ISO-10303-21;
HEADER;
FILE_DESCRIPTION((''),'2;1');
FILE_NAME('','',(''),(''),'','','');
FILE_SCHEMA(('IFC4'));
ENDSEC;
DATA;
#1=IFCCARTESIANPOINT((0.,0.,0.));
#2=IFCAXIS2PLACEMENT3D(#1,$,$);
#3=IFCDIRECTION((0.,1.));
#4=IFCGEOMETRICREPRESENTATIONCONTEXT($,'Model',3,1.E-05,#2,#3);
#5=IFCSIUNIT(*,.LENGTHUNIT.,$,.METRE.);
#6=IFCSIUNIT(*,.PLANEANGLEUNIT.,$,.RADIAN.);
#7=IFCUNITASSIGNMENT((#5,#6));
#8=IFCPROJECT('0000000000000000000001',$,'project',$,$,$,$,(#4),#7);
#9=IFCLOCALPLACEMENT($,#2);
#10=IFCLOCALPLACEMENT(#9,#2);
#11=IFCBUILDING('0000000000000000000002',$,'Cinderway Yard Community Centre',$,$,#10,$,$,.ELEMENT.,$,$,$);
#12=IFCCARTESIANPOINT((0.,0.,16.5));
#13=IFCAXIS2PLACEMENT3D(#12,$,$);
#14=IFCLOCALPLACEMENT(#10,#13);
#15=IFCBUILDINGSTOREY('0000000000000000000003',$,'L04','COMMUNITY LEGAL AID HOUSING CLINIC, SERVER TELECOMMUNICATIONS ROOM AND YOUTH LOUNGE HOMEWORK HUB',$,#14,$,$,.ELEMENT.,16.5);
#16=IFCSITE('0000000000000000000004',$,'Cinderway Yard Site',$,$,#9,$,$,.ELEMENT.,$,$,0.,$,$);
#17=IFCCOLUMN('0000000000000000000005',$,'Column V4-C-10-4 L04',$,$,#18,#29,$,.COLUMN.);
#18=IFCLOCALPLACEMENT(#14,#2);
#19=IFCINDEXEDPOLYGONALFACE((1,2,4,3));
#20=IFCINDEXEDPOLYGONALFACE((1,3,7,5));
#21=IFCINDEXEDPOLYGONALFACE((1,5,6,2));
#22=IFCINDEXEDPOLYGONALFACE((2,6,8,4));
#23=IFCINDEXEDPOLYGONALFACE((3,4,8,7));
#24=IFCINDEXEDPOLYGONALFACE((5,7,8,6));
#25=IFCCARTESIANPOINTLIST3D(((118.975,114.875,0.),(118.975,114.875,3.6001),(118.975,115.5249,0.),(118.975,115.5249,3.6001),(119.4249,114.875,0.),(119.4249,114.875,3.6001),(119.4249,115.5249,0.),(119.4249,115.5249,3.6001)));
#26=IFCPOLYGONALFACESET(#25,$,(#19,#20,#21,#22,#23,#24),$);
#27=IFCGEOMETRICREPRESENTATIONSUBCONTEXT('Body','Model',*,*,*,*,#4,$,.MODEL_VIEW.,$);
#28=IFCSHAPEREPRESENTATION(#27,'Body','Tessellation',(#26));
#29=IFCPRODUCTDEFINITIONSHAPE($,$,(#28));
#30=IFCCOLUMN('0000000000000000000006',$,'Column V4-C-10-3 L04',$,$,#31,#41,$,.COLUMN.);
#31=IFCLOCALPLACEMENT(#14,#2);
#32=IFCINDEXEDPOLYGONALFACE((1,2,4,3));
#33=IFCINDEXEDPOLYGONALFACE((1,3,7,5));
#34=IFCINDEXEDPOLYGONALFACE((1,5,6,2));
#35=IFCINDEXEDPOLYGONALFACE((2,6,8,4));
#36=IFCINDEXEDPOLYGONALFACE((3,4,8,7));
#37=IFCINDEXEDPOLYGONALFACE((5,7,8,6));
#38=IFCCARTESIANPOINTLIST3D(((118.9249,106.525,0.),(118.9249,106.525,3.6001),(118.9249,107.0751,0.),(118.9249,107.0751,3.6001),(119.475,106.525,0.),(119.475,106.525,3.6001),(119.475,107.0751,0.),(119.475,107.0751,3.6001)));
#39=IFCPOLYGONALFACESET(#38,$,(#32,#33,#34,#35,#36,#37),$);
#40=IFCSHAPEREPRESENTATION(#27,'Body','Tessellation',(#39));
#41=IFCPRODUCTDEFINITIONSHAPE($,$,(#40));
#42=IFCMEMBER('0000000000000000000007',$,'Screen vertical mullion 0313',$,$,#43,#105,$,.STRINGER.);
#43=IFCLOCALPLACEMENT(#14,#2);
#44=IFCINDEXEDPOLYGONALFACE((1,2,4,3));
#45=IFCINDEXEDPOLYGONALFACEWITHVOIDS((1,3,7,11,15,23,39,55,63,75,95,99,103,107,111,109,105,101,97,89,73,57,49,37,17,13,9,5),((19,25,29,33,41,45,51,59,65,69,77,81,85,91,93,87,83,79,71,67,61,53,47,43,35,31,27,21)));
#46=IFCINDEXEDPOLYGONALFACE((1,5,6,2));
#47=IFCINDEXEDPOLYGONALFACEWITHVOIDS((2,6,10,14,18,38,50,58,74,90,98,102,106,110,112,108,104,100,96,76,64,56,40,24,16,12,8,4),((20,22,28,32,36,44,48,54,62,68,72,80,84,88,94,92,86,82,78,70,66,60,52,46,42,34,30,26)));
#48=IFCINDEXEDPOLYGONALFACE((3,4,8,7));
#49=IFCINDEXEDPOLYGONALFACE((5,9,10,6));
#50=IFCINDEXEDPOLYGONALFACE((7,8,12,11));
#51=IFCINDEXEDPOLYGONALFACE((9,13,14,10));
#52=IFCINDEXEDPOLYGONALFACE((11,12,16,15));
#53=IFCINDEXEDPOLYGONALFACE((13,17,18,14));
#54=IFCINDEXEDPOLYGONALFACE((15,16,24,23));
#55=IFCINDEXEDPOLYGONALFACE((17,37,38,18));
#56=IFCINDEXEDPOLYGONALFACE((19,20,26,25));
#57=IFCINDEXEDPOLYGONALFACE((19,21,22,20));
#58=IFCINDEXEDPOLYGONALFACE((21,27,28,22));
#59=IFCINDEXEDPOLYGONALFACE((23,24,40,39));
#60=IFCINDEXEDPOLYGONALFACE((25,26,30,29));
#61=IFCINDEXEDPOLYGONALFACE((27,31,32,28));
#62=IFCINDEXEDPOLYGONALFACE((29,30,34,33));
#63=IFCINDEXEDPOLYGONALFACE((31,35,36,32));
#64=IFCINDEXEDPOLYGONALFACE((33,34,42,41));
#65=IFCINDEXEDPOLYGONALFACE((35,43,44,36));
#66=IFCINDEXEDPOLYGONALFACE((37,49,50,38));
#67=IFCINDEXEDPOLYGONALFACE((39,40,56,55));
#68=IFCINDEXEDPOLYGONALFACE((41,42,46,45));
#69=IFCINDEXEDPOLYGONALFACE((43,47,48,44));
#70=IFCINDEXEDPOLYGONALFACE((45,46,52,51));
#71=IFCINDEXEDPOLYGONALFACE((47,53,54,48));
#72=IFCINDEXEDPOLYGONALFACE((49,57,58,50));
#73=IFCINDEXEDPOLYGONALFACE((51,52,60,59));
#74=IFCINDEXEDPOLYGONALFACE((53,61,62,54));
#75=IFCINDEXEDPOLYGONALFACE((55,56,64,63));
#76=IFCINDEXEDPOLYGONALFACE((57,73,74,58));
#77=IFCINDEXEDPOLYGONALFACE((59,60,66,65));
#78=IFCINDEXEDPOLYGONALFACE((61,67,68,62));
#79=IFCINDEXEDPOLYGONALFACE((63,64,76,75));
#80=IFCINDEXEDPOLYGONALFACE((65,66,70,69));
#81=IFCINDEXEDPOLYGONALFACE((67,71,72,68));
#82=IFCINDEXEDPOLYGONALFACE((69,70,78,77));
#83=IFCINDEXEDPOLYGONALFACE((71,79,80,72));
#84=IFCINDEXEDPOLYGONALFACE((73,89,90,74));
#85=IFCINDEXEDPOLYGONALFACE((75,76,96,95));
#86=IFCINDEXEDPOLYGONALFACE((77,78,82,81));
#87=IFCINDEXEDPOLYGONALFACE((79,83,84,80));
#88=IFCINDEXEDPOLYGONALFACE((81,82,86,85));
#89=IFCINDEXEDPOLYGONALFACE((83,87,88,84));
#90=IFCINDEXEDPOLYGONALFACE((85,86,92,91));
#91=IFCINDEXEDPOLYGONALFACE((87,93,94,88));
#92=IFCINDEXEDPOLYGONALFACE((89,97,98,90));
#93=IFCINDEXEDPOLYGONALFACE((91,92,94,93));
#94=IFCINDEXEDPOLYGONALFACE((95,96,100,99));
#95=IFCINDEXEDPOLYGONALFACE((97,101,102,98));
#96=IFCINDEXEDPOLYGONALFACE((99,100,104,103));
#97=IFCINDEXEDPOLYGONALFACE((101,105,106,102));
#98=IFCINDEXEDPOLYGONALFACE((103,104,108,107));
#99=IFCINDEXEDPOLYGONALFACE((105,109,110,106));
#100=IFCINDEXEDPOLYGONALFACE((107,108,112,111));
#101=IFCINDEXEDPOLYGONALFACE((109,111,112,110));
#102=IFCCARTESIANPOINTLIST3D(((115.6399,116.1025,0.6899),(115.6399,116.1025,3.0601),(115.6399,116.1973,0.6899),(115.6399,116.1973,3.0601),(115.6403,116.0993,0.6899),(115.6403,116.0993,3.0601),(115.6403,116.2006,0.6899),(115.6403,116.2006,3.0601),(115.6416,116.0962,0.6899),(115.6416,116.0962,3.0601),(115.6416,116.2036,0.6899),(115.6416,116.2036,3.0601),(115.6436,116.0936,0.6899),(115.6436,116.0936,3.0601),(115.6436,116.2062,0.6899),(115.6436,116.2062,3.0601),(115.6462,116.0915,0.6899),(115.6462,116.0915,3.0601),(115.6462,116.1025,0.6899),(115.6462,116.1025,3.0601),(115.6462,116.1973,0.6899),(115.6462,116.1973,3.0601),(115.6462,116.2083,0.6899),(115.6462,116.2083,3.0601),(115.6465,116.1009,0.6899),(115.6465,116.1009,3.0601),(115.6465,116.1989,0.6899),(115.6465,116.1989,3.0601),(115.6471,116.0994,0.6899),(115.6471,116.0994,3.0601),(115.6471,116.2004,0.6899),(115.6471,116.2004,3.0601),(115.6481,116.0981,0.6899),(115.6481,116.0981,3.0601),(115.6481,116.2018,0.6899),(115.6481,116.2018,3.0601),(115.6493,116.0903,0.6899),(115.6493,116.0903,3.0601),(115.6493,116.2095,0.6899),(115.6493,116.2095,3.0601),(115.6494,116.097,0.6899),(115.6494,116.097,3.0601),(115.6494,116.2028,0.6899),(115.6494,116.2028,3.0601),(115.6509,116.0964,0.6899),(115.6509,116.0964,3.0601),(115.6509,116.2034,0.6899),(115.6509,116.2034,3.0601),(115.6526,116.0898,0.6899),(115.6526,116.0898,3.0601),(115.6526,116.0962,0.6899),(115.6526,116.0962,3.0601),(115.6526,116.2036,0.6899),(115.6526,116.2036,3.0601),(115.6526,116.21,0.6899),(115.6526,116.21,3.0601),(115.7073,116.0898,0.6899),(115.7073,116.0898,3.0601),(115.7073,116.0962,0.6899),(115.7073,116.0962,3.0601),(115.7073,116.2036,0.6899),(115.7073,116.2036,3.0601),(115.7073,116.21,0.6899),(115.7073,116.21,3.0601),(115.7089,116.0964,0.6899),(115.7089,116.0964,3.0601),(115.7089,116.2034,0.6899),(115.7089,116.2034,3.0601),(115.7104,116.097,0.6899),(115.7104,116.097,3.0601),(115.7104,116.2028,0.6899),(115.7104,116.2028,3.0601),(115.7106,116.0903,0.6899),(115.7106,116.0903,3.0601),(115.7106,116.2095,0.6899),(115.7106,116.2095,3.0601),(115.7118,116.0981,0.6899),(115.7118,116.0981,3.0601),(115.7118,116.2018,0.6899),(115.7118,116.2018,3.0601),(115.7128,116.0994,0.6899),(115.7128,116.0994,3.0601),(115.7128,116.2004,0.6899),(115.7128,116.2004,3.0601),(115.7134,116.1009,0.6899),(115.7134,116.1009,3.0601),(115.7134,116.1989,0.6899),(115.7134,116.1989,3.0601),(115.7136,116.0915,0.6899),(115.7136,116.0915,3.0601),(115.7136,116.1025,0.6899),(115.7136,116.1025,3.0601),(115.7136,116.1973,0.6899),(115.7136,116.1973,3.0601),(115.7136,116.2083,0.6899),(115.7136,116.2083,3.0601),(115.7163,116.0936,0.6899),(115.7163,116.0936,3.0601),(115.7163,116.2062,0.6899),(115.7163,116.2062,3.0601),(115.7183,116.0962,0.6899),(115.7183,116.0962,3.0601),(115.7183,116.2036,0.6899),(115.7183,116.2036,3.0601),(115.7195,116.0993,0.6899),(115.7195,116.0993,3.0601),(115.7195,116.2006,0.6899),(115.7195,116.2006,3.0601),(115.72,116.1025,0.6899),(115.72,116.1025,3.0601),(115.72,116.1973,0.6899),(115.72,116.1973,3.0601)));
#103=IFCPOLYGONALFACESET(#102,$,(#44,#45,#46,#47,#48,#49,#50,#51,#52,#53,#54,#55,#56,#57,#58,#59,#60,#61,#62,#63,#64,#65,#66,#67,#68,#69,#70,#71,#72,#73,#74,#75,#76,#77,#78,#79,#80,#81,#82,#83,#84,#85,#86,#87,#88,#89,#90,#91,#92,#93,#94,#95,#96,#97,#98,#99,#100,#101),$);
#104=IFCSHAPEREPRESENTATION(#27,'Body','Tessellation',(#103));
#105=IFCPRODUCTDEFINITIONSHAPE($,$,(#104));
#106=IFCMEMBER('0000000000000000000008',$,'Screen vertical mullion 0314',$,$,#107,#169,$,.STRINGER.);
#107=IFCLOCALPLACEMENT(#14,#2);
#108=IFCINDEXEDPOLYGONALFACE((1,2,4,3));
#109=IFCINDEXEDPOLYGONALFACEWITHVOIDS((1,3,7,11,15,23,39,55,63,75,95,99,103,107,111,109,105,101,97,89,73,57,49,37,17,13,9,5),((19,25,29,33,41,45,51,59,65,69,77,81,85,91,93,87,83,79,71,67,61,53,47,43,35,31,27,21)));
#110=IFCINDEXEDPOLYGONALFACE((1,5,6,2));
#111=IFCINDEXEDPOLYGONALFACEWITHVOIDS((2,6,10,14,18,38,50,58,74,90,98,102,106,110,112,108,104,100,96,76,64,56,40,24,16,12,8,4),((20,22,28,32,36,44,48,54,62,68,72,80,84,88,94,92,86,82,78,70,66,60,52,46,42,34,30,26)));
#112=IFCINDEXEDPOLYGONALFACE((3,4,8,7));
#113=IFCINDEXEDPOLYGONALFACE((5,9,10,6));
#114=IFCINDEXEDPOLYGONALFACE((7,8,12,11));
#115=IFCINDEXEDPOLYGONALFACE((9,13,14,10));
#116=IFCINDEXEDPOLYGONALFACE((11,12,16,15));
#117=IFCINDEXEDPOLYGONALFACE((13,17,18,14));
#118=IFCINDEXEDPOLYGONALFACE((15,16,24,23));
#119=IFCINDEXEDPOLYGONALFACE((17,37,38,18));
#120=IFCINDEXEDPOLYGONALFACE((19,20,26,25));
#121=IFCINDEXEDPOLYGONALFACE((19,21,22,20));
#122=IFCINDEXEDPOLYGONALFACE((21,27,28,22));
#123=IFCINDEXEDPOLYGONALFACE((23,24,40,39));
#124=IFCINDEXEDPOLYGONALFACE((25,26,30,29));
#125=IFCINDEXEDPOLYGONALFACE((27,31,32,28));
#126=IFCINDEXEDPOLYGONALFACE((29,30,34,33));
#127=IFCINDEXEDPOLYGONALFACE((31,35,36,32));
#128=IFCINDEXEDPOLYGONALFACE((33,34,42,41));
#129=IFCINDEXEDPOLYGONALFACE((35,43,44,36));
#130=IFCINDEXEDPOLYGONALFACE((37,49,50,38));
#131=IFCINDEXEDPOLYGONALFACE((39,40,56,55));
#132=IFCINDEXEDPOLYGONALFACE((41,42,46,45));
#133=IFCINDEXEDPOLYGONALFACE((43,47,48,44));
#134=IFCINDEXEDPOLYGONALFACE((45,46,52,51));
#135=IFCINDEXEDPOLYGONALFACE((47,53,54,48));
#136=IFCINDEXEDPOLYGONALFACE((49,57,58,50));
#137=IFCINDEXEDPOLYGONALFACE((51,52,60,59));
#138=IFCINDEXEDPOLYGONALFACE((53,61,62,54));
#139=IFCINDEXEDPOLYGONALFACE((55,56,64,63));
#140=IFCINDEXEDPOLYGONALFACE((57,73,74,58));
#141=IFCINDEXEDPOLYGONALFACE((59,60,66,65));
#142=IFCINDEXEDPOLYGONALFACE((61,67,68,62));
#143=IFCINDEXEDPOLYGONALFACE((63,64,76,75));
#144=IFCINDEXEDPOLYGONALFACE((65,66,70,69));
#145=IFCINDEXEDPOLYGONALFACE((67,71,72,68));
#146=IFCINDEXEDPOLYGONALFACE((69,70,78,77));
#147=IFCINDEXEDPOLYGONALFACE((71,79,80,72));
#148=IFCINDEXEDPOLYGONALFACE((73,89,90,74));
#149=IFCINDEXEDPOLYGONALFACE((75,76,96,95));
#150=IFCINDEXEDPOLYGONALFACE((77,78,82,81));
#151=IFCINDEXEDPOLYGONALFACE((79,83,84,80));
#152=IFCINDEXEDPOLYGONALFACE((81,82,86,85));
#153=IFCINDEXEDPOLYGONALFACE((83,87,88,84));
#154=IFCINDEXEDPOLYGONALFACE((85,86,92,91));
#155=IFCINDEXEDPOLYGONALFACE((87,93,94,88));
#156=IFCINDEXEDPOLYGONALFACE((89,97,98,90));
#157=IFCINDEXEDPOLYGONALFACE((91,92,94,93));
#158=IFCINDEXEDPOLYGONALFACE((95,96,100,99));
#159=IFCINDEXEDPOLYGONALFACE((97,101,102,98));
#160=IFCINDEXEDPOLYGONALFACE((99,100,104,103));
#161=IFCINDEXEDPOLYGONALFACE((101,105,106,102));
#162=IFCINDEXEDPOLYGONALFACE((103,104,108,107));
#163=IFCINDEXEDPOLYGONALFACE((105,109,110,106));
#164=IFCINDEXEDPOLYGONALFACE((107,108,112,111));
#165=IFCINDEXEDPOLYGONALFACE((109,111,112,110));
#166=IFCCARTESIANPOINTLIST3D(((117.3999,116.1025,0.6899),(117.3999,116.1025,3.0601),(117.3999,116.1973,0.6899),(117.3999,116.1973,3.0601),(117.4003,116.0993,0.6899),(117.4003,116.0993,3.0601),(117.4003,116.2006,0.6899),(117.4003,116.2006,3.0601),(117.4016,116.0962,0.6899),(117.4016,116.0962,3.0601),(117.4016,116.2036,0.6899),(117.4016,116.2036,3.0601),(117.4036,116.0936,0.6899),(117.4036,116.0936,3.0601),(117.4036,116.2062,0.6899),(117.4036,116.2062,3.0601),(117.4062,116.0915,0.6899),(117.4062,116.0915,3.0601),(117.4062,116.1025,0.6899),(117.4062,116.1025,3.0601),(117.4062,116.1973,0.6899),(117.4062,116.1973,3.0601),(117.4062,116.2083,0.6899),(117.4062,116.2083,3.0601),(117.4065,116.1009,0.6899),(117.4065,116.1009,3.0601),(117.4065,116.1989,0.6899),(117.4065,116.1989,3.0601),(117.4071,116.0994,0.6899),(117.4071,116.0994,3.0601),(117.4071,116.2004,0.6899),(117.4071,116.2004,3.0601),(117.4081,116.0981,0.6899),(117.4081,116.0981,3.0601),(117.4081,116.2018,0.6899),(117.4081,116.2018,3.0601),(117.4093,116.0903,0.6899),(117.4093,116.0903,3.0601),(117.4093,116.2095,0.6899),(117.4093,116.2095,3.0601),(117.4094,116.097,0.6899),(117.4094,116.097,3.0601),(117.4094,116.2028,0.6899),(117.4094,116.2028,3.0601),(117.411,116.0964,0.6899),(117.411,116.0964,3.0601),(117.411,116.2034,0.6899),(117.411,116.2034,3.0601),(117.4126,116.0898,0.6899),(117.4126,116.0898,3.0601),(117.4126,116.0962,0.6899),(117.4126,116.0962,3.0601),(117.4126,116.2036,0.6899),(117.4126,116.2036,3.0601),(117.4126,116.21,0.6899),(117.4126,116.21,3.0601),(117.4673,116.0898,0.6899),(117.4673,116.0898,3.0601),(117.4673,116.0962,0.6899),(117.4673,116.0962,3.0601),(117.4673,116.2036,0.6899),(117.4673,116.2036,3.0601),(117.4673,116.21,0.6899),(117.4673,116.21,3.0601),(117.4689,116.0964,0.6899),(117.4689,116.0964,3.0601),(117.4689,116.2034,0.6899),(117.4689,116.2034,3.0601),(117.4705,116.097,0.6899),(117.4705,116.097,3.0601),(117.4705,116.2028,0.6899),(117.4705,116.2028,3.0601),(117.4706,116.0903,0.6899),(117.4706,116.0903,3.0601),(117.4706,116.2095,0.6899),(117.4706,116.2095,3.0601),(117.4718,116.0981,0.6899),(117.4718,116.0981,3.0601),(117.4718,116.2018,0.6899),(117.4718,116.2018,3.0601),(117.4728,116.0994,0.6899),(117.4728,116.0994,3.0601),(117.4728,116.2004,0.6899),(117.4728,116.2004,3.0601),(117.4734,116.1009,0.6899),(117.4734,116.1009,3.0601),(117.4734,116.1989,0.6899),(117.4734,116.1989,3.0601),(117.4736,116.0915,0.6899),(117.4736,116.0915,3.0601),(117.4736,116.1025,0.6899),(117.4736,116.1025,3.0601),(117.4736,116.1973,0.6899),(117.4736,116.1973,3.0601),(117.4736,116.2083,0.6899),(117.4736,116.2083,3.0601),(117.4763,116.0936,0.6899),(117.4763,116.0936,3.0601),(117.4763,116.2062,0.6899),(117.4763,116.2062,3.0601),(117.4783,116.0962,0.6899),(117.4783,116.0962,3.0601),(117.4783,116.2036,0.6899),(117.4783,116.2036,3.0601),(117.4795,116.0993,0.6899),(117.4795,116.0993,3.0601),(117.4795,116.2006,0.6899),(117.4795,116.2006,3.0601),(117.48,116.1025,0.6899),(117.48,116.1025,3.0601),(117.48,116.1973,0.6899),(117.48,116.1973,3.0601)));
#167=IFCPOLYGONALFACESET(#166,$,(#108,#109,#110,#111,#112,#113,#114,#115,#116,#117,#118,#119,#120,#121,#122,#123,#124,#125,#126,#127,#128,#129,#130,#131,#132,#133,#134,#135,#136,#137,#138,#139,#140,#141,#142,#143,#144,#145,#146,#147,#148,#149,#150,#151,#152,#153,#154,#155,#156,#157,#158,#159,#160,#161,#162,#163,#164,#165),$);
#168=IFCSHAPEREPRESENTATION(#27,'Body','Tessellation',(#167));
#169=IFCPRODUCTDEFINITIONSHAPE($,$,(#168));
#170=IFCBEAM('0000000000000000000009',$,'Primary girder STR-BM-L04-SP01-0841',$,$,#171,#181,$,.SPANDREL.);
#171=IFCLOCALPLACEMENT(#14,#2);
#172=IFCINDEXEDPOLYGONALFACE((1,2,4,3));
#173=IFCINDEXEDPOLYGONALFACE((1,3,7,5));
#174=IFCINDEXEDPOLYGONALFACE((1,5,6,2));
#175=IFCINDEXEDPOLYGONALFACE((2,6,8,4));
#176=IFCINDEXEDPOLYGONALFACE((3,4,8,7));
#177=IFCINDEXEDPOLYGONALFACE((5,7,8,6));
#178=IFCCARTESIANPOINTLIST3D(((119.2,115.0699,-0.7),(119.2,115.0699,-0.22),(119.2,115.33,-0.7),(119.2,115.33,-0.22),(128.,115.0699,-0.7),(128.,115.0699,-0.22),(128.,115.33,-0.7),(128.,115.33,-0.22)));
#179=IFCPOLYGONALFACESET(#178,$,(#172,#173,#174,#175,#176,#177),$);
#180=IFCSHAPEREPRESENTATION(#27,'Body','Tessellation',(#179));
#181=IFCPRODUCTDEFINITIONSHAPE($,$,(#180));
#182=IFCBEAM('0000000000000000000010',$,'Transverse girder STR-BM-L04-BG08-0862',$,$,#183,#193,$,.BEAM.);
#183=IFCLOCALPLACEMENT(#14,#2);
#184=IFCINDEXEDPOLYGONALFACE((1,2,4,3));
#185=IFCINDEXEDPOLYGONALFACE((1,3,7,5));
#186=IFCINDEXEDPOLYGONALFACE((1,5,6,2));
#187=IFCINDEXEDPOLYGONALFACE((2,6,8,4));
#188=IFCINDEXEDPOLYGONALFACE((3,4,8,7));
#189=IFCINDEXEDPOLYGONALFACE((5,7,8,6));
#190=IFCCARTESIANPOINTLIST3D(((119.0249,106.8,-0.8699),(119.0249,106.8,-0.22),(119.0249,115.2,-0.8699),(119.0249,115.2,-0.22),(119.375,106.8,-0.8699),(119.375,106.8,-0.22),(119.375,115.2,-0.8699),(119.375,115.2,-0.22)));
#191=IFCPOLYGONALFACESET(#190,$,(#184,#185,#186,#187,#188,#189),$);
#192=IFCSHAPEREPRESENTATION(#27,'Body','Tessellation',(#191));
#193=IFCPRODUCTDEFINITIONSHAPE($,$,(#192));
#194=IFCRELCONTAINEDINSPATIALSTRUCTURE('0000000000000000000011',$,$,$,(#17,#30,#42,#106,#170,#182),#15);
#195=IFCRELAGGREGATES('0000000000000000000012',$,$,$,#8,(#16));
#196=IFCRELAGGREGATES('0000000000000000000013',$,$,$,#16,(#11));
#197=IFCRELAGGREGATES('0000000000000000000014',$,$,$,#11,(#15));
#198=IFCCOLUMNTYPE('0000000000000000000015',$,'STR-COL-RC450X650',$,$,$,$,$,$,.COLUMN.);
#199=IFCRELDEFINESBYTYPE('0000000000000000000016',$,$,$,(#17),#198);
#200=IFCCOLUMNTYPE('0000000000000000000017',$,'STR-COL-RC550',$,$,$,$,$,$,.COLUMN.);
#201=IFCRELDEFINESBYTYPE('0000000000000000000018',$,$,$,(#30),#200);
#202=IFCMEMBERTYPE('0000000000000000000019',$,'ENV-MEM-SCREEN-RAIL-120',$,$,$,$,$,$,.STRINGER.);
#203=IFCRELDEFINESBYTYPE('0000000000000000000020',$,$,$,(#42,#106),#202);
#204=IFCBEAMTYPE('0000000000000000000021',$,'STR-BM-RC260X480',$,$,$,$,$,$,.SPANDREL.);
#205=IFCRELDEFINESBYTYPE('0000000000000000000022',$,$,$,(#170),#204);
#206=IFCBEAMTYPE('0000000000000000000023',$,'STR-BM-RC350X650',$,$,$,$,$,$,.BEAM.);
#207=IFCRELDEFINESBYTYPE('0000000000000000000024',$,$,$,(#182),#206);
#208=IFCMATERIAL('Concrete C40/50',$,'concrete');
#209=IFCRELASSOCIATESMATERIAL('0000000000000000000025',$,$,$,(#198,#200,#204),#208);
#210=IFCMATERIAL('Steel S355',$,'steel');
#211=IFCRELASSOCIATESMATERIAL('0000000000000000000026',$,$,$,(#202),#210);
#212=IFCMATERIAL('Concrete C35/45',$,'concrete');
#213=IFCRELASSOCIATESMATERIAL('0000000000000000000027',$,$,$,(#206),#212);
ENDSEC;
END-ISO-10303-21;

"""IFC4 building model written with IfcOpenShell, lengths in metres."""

from ifc_helpers import new_model, si_unit, direction, frame, origin, origin_2d, place, context, subcontext, project, spatial, rectangle, hollow_rectangle, extrude, material, material_profile, profile_set, type_object, element, save


model = new_model("IFC4")

# Units and contexts
model_context = context("Model", 3, precision=1e-05, world=origin(), true_north=direction((0.0, 1.0)))
body_context = subcontext(model_context, "Body", "Model", "MODEL_VIEW")
ifc_project = project(units=[si_unit("LENGTHUNIT", "METRE"), si_unit("PLANEANGLEUNIT", "RADIAN")], contexts=[model_context])

# Site, building, storey
site_placement = place(None, origin())
site = spatial("IfcSite", under=ifc_project, at=site_placement, Name="Cinderway Yard Site", CompositionType="ELEMENT", RefElevation=0.0)
building_placement = place(site_placement, origin())
building = spatial("IfcBuilding", under=site, at=building_placement, Name="Cinderway Yard Community Centre", CompositionType="ELEMENT")
storey_placement = place(building_placement, frame((0.0, 0.0, 16.5)))
storey = spatial("IfcBuildingStorey", under=building, at=storey_placement, Name="L04", Description="COMMUNITY LEGAL AID HOUSING CLINIC, SERVER TELECOMMUNICATIONS ROOM AND YOUTH LOUNGE HOMEWORK HUB", CompositionType="ELEMENT", Elevation=16.5)

# Columns
ifc_material_1 = material(Name="Concrete C40/50", Category="concrete")
ifc_material_profile_1 = material_profile(ifc_material_1, rectangle(XDim=0.45, YDim=0.6499, at=origin_2d()), Name="Concrete C40/50")
ifc_profile_set_1 = profile_set([ifc_material_profile_1], Name="Concrete C40/50")
column_type_1 = type_object("IfcColumnType", Name="STR-COL-RC450X650", PredefinedType="COLUMN", material=ifc_profile_set_1)
column_1_placement = place(storey_placement, frame((119.2, 115.2, 0.0), z_axis=(0.0, 0.0, 1.0), x_axis=(1.0, 0.0, 0.0)))
element("IfcColumn", 1, at=column_1_placement, inside=storey, type_object=column_type_1, Name="Column V4-C-10-4 L04", PredefinedType="COLUMN", context=body_context, shape_type="SweptSolid", body=[
    extrude(rectangle(XDim=0.45, YDim=0.6499, at=origin_2d()), origin(), (0.0, 0.0, 1.0), 3.6001),
])
ifc_material_profile_2 = material_profile(ifc_material_1, rectangle(XDim=0.55, YDim=0.55, at=origin_2d()), Name="Concrete C40/50")
ifc_profile_set_2 = profile_set([ifc_material_profile_2], Name="Concrete C40/50")
column_type_2 = type_object("IfcColumnType", Name="STR-COL-RC550", PredefinedType="COLUMN", material=ifc_profile_set_2)
column_2_placement = place(storey_placement, frame((119.2, 106.8, 0.0), z_axis=(0.0, 0.0, 1.0), x_axis=(1.0, 0.0, 0.0)))
element("IfcColumn", 2, at=column_2_placement, inside=storey, type_object=column_type_2, Name="Column V4-C-10-3 L04", PredefinedType="COLUMN", context=body_context, shape_type="SweptSolid", body=[
    extrude(rectangle(XDim=0.55, YDim=0.55, at=origin_2d()), origin(), (0.0, 0.0, 1.0), 3.6001),
])

# Members
ifc_material_2 = material(Name="Steel S355", Category="steel")
ifc_material_profile_3 = material_profile(ifc_material_2, hollow_rectangle(XDim=0.0801, YDim=0.1201, WallThickness=0.0063, InnerFilletRadius=0.0063, OuterFilletRadius=0.0127, at=origin_2d()), Name="Steel S355")
ifc_profile_set_3 = profile_set([ifc_material_profile_3], Name="Steel S355")
member_type_1 = type_object("IfcMemberType", Name="ENV-MEM-SCREEN-RAIL-120", PredefinedType="STRINGER", material=ifc_profile_set_3)
for number, where, z_axis, x_axis, name in (
    (3, (115.6799, 116.1499, 0.6899), (0.0, 0.0, 1.0), (1.0, 0.0, 0.0), "Screen vertical mullion 0313"),
    (4, (117.4399, 116.1499, 0.6899), (0.0, 0.0, 1.0), (1.0, 0.0, 0.0), "Screen vertical mullion 0314"),
):
    element("IfcMember", number, at=place(storey_placement, frame(where, z_axis=z_axis, x_axis=x_axis)), inside=storey, type_object=member_type_1, Name=name, PredefinedType="STRINGER", context=body_context, shape_type="SweptSolid", body=[
        extrude(hollow_rectangle(XDim=0.0801, YDim=0.1201, WallThickness=0.0063, InnerFilletRadius=0.0063, OuterFilletRadius=0.0127, at=origin_2d()), origin(), (0.0, 0.0, 1.0), 2.3701),
    ])

# Beams
ifc_material_profile_4 = material_profile(ifc_material_1, rectangle(XDim=0.26, YDim=0.48, at=origin_2d()), Name="Concrete C40/50")
ifc_profile_set_4 = profile_set([ifc_material_profile_4], Name="Concrete C40/50")
beam_type_1 = type_object("IfcBeamType", Name="STR-BM-RC260X480", PredefinedType="SPANDREL", material=ifc_profile_set_4)
beam_1_placement = place(storey_placement, frame((119.2, 115.2, -0.46), z_axis=(1.0, 0.0, 0.0), x_axis=(0.0, 1.0, 0.0)))
element("IfcBeam", 5, at=beam_1_placement, inside=storey, type_object=beam_type_1, Name="Primary girder STR-BM-L04-SP01-0841", PredefinedType="SPANDREL", context=body_context, shape_type="SweptSolid", body=[
    extrude(rectangle(XDim=0.26, YDim=0.48, at=origin_2d()), origin(), (0.0, 0.0, 1.0), 8.8),
])
ifc_material_3 = material(Name="Concrete C35/45", Category="concrete")
ifc_material_profile_5 = material_profile(ifc_material_3, rectangle(XDim=0.3501, YDim=0.6499, at=origin_2d()), Name="Concrete C35/45")
ifc_profile_set_5 = profile_set([ifc_material_profile_5], Name="Concrete C35/45")
beam_type_2 = type_object("IfcBeamType", Name="STR-BM-RC350X650", PredefinedType="BEAM", material=ifc_profile_set_5)
beam_2_placement = place(storey_placement, frame((119.2, 106.8, -0.5449), z_axis=(0.0, 1.0, 0.0), x_axis=(-1.0, 0.0, 0.0)))
element("IfcBeam", 6, at=beam_2_placement, inside=storey, type_object=beam_type_2, Name="Transverse girder STR-BM-L04-BG08-0862", PredefinedType="BEAM", context=body_context, shape_type="SweptSolid", body=[
    extrude(rectangle(XDim=0.3501, YDim=0.6499, at=origin_2d()), origin(), (0.0, 0.0, 1.0), 8.3999),
])

save(model, "model.ifc")
